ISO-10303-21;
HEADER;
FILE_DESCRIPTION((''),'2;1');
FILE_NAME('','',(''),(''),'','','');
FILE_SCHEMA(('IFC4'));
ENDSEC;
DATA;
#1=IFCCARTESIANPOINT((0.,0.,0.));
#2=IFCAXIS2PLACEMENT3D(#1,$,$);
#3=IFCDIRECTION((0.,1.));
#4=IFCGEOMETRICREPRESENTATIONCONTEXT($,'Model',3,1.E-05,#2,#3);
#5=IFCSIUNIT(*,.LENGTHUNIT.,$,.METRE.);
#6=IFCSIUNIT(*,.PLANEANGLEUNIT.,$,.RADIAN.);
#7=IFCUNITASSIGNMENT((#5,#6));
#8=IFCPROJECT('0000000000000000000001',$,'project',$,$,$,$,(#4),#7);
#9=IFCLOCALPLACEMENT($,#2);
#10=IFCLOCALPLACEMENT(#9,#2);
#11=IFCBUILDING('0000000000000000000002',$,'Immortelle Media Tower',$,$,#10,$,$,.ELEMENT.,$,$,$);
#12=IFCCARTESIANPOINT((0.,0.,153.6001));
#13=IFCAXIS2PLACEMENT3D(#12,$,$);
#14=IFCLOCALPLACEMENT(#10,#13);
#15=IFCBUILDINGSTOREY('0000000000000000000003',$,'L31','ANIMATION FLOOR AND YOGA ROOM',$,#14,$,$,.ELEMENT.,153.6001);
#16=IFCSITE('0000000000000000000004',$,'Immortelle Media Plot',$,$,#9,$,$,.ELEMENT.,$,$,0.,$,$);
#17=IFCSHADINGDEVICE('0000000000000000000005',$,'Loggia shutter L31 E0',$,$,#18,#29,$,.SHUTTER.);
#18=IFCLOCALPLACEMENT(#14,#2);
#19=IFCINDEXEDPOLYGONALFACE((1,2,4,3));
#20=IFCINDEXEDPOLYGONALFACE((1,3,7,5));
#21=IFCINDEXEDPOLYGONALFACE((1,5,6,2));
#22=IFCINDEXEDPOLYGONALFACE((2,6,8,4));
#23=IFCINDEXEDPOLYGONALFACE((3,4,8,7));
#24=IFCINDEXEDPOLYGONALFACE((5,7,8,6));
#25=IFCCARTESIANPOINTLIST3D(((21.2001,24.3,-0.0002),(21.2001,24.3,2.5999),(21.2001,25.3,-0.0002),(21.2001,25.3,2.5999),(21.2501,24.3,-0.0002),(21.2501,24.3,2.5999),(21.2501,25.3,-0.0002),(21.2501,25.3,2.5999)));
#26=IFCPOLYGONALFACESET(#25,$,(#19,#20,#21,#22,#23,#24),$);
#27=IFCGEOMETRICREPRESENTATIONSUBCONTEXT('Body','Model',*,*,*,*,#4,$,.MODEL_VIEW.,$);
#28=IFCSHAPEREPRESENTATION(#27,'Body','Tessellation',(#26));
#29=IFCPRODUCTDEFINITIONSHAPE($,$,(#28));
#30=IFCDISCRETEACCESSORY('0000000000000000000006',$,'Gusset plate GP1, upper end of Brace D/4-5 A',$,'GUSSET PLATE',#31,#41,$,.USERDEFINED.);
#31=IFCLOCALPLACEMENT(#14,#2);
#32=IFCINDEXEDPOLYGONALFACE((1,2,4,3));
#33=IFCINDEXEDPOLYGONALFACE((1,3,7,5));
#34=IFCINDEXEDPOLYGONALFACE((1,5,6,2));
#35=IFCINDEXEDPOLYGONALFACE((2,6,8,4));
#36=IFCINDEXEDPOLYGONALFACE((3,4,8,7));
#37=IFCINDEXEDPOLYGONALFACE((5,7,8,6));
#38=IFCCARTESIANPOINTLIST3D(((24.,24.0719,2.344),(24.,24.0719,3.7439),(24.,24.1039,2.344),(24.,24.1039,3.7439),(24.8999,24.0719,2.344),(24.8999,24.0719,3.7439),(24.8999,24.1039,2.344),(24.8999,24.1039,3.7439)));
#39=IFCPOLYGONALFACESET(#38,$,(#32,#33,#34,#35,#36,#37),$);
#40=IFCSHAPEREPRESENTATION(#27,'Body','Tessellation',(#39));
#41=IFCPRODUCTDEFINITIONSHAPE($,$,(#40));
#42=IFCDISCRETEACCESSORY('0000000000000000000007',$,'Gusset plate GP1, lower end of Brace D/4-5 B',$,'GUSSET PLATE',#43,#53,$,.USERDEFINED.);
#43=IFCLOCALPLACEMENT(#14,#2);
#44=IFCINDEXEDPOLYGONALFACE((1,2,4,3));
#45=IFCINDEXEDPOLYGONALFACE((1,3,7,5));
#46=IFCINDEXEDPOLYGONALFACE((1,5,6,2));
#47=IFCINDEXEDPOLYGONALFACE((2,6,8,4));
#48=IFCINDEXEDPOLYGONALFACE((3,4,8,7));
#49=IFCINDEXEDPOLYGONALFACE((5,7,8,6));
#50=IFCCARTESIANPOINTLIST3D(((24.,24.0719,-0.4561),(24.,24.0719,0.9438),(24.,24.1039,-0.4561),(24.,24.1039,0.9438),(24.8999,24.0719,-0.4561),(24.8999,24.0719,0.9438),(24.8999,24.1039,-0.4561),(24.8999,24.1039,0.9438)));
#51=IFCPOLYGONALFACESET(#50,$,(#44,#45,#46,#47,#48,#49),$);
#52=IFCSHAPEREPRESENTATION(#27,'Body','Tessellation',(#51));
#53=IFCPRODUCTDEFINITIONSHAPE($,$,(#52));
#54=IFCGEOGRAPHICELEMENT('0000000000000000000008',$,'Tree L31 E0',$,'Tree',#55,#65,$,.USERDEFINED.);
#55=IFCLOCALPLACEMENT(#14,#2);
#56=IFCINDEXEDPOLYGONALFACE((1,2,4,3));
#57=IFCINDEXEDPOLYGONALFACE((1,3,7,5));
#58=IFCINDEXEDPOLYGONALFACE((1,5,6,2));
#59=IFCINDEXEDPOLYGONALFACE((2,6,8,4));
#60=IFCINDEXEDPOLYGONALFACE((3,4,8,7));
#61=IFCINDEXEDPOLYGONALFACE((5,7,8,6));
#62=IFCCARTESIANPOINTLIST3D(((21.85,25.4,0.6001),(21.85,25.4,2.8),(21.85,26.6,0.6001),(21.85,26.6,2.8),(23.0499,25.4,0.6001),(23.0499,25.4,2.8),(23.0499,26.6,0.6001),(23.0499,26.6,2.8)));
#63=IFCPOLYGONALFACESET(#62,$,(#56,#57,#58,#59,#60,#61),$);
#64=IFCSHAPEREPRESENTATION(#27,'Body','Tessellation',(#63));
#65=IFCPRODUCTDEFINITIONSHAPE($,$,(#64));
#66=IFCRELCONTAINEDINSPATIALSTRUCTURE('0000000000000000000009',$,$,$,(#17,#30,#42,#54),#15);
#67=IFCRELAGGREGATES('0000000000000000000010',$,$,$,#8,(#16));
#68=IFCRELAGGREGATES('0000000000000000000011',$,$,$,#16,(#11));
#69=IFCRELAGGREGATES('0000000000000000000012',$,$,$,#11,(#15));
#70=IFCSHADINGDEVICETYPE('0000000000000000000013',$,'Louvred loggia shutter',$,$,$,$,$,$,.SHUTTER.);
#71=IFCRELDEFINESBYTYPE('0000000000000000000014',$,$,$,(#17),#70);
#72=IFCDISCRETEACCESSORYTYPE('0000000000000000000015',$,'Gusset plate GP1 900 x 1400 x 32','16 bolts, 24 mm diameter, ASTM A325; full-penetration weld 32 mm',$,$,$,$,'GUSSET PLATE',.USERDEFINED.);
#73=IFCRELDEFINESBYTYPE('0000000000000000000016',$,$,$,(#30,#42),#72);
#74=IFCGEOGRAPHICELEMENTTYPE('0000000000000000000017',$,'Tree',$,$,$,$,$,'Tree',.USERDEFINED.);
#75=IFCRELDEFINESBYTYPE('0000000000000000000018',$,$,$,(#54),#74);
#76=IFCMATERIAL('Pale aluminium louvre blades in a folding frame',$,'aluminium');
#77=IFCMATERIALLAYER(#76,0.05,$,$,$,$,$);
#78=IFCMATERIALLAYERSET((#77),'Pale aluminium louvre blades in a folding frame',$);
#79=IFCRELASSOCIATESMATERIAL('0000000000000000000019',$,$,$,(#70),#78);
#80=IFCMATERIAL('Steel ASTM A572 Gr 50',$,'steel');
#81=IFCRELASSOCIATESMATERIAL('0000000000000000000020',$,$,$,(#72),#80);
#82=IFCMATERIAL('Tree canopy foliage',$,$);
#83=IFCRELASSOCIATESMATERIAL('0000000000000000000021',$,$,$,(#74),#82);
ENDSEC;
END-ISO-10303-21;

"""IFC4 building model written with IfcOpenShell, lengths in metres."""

from ifc_helpers import new_model, si_unit, direction, frame, origin, origin_2d, place, context, subcontext, project, spatial, rectangle, extrude, material, layer, layer_set, material_profile, profile_set, type_object, element, save


model = new_model("IFC4")

# Units and contexts
model_context = context("Model", 3, precision=1e-05, world=origin(), true_north=direction((0.0, 1.0)))
body_context = subcontext(model_context, "Body", "Model", "MODEL_VIEW")
ifc_project = project(units=[si_unit("LENGTHUNIT", "METRE"), si_unit("PLANEANGLEUNIT", "RADIAN")], contexts=[model_context])

# Site, building, storey
site_placement = place(None, origin())
site = spatial("IfcSite", under=ifc_project, at=site_placement, Name="Immortelle Media Plot", CompositionType="ELEMENT", RefElevation=0.0)
building_placement = place(site_placement, origin())
building = spatial("IfcBuilding", under=site, at=building_placement, Name="Immortelle Media Tower", CompositionType="ELEMENT")
storey_placement = place(building_placement, frame((0.0, 0.0, 153.6001)))
storey = spatial("IfcBuildingStorey", under=building, at=storey_placement, Name="L31", Description="ANIMATION FLOOR AND YOGA ROOM", CompositionType="ELEMENT", Elevation=153.6001)

# Shading device
ifc_material_1 = material(Name="Pale aluminium louvre blades in a folding frame", Category="aluminium")
ifc_layer_1 = layer(ifc_material_1, 0.05)
ifc_layer_set_1 = layer_set([ifc_layer_1], Name="Pale aluminium louvre blades in a folding frame")
shading_device_type_1 = type_object("IfcShadingDeviceType", Name="Louvred loggia shutter", PredefinedType="SHUTTER", material=ifc_layer_set_1)
shading_device_1_placement = place(storey_placement, frame((21.2251, 24.8, -0.0002), z_axis=(0.0, 0.0, 1.0), x_axis=(0.0, 1.0, 0.0)))
element("IfcShadingDevice", 1, at=shading_device_1_placement, inside=storey, type_object=shading_device_type_1, Name="Loggia shutter L31 E0", PredefinedType="SHUTTER", context=body_context, shape_type="SweptSolid", body=[
    extrude(rectangle(XDim=1.0, YDim=0.05, at=origin_2d()), origin(), (0.0, 0.0, 1.0), 2.6001),
])

# Discrete accessories
ifc_material_2 = material(Name="Steel ASTM A572 Gr 50", Category="steel")
ifc_material_profile_1 = material_profile(ifc_material_2, rectangle(XDim=0.032, YDim=1.3999, at=origin_2d()), Name="PL 32 x 1400")
ifc_profile_set_1 = profile_set([ifc_material_profile_1], Name="Steel ASTM A572 Gr 50")
discrete_accessory_type = type_object("IfcDiscreteAccessoryType", Name="Gusset plate GP1 900 x 1400 x 32", Description="16 bolts, 24 mm diameter, ASTM A325; full-penetration weld 32 mm", ElementType="GUSSET PLATE", PredefinedType="USERDEFINED", material=ifc_profile_set_1)
for number, where, z_axis, x_axis, name in (
    (2, (24.0, 24.0879, 3.0439), (1.0, 0.0, 0.0), (0.0, 1.0, 0.0), "Gusset plate GP1, upper end of Brace D/4-5 A"),
    (3, (24.0, 24.0879, 0.2439), (1.0, 0.0, 0.0), (0.0, 1.0, 0.0), "Gusset plate GP1, lower end of Brace D/4-5 B"),
):
    element("IfcDiscreteAccessory", number, at=place(storey_placement, frame(where, z_axis=z_axis, x_axis=x_axis)), inside=storey, type_object=discrete_accessory_type, Name=name, ObjectType="GUSSET PLATE", PredefinedType="USERDEFINED", context=body_context, shape_type="SweptSolid", body=[
        extrude(rectangle(XDim=0.032, YDim=1.3999, at=origin_2d()), origin(), (0.0, 0.0, 1.0), 0.8999),
    ])

# Geographic element
ifc_material_3 = material(Name="Tree canopy foliage")
geographic_element_type = type_object("IfcGeographicElementType", Name="Tree", ElementType="Tree", PredefinedType="USERDEFINED", material=ifc_material_3)
geographic_element_placement = place(storey_placement, frame((22.45, 26.0, 0.6001), z_axis=(0.0, 0.0, 1.0), x_axis=(1.0, 0.0, 0.0)))
element("IfcGeographicElement", 4, at=geographic_element_placement, inside=storey, type_object=geographic_element_type, Name="Tree L31 E0", ObjectType="Tree", PredefinedType="USERDEFINED", context=body_context, shape_type="SweptSolid", body=[
    extrude(rectangle(XDim=1.2, YDim=1.2, at=origin_2d()), origin(), (0.0, 0.0, 1.0), 2.2),
])

save(model, "model.ifc")
